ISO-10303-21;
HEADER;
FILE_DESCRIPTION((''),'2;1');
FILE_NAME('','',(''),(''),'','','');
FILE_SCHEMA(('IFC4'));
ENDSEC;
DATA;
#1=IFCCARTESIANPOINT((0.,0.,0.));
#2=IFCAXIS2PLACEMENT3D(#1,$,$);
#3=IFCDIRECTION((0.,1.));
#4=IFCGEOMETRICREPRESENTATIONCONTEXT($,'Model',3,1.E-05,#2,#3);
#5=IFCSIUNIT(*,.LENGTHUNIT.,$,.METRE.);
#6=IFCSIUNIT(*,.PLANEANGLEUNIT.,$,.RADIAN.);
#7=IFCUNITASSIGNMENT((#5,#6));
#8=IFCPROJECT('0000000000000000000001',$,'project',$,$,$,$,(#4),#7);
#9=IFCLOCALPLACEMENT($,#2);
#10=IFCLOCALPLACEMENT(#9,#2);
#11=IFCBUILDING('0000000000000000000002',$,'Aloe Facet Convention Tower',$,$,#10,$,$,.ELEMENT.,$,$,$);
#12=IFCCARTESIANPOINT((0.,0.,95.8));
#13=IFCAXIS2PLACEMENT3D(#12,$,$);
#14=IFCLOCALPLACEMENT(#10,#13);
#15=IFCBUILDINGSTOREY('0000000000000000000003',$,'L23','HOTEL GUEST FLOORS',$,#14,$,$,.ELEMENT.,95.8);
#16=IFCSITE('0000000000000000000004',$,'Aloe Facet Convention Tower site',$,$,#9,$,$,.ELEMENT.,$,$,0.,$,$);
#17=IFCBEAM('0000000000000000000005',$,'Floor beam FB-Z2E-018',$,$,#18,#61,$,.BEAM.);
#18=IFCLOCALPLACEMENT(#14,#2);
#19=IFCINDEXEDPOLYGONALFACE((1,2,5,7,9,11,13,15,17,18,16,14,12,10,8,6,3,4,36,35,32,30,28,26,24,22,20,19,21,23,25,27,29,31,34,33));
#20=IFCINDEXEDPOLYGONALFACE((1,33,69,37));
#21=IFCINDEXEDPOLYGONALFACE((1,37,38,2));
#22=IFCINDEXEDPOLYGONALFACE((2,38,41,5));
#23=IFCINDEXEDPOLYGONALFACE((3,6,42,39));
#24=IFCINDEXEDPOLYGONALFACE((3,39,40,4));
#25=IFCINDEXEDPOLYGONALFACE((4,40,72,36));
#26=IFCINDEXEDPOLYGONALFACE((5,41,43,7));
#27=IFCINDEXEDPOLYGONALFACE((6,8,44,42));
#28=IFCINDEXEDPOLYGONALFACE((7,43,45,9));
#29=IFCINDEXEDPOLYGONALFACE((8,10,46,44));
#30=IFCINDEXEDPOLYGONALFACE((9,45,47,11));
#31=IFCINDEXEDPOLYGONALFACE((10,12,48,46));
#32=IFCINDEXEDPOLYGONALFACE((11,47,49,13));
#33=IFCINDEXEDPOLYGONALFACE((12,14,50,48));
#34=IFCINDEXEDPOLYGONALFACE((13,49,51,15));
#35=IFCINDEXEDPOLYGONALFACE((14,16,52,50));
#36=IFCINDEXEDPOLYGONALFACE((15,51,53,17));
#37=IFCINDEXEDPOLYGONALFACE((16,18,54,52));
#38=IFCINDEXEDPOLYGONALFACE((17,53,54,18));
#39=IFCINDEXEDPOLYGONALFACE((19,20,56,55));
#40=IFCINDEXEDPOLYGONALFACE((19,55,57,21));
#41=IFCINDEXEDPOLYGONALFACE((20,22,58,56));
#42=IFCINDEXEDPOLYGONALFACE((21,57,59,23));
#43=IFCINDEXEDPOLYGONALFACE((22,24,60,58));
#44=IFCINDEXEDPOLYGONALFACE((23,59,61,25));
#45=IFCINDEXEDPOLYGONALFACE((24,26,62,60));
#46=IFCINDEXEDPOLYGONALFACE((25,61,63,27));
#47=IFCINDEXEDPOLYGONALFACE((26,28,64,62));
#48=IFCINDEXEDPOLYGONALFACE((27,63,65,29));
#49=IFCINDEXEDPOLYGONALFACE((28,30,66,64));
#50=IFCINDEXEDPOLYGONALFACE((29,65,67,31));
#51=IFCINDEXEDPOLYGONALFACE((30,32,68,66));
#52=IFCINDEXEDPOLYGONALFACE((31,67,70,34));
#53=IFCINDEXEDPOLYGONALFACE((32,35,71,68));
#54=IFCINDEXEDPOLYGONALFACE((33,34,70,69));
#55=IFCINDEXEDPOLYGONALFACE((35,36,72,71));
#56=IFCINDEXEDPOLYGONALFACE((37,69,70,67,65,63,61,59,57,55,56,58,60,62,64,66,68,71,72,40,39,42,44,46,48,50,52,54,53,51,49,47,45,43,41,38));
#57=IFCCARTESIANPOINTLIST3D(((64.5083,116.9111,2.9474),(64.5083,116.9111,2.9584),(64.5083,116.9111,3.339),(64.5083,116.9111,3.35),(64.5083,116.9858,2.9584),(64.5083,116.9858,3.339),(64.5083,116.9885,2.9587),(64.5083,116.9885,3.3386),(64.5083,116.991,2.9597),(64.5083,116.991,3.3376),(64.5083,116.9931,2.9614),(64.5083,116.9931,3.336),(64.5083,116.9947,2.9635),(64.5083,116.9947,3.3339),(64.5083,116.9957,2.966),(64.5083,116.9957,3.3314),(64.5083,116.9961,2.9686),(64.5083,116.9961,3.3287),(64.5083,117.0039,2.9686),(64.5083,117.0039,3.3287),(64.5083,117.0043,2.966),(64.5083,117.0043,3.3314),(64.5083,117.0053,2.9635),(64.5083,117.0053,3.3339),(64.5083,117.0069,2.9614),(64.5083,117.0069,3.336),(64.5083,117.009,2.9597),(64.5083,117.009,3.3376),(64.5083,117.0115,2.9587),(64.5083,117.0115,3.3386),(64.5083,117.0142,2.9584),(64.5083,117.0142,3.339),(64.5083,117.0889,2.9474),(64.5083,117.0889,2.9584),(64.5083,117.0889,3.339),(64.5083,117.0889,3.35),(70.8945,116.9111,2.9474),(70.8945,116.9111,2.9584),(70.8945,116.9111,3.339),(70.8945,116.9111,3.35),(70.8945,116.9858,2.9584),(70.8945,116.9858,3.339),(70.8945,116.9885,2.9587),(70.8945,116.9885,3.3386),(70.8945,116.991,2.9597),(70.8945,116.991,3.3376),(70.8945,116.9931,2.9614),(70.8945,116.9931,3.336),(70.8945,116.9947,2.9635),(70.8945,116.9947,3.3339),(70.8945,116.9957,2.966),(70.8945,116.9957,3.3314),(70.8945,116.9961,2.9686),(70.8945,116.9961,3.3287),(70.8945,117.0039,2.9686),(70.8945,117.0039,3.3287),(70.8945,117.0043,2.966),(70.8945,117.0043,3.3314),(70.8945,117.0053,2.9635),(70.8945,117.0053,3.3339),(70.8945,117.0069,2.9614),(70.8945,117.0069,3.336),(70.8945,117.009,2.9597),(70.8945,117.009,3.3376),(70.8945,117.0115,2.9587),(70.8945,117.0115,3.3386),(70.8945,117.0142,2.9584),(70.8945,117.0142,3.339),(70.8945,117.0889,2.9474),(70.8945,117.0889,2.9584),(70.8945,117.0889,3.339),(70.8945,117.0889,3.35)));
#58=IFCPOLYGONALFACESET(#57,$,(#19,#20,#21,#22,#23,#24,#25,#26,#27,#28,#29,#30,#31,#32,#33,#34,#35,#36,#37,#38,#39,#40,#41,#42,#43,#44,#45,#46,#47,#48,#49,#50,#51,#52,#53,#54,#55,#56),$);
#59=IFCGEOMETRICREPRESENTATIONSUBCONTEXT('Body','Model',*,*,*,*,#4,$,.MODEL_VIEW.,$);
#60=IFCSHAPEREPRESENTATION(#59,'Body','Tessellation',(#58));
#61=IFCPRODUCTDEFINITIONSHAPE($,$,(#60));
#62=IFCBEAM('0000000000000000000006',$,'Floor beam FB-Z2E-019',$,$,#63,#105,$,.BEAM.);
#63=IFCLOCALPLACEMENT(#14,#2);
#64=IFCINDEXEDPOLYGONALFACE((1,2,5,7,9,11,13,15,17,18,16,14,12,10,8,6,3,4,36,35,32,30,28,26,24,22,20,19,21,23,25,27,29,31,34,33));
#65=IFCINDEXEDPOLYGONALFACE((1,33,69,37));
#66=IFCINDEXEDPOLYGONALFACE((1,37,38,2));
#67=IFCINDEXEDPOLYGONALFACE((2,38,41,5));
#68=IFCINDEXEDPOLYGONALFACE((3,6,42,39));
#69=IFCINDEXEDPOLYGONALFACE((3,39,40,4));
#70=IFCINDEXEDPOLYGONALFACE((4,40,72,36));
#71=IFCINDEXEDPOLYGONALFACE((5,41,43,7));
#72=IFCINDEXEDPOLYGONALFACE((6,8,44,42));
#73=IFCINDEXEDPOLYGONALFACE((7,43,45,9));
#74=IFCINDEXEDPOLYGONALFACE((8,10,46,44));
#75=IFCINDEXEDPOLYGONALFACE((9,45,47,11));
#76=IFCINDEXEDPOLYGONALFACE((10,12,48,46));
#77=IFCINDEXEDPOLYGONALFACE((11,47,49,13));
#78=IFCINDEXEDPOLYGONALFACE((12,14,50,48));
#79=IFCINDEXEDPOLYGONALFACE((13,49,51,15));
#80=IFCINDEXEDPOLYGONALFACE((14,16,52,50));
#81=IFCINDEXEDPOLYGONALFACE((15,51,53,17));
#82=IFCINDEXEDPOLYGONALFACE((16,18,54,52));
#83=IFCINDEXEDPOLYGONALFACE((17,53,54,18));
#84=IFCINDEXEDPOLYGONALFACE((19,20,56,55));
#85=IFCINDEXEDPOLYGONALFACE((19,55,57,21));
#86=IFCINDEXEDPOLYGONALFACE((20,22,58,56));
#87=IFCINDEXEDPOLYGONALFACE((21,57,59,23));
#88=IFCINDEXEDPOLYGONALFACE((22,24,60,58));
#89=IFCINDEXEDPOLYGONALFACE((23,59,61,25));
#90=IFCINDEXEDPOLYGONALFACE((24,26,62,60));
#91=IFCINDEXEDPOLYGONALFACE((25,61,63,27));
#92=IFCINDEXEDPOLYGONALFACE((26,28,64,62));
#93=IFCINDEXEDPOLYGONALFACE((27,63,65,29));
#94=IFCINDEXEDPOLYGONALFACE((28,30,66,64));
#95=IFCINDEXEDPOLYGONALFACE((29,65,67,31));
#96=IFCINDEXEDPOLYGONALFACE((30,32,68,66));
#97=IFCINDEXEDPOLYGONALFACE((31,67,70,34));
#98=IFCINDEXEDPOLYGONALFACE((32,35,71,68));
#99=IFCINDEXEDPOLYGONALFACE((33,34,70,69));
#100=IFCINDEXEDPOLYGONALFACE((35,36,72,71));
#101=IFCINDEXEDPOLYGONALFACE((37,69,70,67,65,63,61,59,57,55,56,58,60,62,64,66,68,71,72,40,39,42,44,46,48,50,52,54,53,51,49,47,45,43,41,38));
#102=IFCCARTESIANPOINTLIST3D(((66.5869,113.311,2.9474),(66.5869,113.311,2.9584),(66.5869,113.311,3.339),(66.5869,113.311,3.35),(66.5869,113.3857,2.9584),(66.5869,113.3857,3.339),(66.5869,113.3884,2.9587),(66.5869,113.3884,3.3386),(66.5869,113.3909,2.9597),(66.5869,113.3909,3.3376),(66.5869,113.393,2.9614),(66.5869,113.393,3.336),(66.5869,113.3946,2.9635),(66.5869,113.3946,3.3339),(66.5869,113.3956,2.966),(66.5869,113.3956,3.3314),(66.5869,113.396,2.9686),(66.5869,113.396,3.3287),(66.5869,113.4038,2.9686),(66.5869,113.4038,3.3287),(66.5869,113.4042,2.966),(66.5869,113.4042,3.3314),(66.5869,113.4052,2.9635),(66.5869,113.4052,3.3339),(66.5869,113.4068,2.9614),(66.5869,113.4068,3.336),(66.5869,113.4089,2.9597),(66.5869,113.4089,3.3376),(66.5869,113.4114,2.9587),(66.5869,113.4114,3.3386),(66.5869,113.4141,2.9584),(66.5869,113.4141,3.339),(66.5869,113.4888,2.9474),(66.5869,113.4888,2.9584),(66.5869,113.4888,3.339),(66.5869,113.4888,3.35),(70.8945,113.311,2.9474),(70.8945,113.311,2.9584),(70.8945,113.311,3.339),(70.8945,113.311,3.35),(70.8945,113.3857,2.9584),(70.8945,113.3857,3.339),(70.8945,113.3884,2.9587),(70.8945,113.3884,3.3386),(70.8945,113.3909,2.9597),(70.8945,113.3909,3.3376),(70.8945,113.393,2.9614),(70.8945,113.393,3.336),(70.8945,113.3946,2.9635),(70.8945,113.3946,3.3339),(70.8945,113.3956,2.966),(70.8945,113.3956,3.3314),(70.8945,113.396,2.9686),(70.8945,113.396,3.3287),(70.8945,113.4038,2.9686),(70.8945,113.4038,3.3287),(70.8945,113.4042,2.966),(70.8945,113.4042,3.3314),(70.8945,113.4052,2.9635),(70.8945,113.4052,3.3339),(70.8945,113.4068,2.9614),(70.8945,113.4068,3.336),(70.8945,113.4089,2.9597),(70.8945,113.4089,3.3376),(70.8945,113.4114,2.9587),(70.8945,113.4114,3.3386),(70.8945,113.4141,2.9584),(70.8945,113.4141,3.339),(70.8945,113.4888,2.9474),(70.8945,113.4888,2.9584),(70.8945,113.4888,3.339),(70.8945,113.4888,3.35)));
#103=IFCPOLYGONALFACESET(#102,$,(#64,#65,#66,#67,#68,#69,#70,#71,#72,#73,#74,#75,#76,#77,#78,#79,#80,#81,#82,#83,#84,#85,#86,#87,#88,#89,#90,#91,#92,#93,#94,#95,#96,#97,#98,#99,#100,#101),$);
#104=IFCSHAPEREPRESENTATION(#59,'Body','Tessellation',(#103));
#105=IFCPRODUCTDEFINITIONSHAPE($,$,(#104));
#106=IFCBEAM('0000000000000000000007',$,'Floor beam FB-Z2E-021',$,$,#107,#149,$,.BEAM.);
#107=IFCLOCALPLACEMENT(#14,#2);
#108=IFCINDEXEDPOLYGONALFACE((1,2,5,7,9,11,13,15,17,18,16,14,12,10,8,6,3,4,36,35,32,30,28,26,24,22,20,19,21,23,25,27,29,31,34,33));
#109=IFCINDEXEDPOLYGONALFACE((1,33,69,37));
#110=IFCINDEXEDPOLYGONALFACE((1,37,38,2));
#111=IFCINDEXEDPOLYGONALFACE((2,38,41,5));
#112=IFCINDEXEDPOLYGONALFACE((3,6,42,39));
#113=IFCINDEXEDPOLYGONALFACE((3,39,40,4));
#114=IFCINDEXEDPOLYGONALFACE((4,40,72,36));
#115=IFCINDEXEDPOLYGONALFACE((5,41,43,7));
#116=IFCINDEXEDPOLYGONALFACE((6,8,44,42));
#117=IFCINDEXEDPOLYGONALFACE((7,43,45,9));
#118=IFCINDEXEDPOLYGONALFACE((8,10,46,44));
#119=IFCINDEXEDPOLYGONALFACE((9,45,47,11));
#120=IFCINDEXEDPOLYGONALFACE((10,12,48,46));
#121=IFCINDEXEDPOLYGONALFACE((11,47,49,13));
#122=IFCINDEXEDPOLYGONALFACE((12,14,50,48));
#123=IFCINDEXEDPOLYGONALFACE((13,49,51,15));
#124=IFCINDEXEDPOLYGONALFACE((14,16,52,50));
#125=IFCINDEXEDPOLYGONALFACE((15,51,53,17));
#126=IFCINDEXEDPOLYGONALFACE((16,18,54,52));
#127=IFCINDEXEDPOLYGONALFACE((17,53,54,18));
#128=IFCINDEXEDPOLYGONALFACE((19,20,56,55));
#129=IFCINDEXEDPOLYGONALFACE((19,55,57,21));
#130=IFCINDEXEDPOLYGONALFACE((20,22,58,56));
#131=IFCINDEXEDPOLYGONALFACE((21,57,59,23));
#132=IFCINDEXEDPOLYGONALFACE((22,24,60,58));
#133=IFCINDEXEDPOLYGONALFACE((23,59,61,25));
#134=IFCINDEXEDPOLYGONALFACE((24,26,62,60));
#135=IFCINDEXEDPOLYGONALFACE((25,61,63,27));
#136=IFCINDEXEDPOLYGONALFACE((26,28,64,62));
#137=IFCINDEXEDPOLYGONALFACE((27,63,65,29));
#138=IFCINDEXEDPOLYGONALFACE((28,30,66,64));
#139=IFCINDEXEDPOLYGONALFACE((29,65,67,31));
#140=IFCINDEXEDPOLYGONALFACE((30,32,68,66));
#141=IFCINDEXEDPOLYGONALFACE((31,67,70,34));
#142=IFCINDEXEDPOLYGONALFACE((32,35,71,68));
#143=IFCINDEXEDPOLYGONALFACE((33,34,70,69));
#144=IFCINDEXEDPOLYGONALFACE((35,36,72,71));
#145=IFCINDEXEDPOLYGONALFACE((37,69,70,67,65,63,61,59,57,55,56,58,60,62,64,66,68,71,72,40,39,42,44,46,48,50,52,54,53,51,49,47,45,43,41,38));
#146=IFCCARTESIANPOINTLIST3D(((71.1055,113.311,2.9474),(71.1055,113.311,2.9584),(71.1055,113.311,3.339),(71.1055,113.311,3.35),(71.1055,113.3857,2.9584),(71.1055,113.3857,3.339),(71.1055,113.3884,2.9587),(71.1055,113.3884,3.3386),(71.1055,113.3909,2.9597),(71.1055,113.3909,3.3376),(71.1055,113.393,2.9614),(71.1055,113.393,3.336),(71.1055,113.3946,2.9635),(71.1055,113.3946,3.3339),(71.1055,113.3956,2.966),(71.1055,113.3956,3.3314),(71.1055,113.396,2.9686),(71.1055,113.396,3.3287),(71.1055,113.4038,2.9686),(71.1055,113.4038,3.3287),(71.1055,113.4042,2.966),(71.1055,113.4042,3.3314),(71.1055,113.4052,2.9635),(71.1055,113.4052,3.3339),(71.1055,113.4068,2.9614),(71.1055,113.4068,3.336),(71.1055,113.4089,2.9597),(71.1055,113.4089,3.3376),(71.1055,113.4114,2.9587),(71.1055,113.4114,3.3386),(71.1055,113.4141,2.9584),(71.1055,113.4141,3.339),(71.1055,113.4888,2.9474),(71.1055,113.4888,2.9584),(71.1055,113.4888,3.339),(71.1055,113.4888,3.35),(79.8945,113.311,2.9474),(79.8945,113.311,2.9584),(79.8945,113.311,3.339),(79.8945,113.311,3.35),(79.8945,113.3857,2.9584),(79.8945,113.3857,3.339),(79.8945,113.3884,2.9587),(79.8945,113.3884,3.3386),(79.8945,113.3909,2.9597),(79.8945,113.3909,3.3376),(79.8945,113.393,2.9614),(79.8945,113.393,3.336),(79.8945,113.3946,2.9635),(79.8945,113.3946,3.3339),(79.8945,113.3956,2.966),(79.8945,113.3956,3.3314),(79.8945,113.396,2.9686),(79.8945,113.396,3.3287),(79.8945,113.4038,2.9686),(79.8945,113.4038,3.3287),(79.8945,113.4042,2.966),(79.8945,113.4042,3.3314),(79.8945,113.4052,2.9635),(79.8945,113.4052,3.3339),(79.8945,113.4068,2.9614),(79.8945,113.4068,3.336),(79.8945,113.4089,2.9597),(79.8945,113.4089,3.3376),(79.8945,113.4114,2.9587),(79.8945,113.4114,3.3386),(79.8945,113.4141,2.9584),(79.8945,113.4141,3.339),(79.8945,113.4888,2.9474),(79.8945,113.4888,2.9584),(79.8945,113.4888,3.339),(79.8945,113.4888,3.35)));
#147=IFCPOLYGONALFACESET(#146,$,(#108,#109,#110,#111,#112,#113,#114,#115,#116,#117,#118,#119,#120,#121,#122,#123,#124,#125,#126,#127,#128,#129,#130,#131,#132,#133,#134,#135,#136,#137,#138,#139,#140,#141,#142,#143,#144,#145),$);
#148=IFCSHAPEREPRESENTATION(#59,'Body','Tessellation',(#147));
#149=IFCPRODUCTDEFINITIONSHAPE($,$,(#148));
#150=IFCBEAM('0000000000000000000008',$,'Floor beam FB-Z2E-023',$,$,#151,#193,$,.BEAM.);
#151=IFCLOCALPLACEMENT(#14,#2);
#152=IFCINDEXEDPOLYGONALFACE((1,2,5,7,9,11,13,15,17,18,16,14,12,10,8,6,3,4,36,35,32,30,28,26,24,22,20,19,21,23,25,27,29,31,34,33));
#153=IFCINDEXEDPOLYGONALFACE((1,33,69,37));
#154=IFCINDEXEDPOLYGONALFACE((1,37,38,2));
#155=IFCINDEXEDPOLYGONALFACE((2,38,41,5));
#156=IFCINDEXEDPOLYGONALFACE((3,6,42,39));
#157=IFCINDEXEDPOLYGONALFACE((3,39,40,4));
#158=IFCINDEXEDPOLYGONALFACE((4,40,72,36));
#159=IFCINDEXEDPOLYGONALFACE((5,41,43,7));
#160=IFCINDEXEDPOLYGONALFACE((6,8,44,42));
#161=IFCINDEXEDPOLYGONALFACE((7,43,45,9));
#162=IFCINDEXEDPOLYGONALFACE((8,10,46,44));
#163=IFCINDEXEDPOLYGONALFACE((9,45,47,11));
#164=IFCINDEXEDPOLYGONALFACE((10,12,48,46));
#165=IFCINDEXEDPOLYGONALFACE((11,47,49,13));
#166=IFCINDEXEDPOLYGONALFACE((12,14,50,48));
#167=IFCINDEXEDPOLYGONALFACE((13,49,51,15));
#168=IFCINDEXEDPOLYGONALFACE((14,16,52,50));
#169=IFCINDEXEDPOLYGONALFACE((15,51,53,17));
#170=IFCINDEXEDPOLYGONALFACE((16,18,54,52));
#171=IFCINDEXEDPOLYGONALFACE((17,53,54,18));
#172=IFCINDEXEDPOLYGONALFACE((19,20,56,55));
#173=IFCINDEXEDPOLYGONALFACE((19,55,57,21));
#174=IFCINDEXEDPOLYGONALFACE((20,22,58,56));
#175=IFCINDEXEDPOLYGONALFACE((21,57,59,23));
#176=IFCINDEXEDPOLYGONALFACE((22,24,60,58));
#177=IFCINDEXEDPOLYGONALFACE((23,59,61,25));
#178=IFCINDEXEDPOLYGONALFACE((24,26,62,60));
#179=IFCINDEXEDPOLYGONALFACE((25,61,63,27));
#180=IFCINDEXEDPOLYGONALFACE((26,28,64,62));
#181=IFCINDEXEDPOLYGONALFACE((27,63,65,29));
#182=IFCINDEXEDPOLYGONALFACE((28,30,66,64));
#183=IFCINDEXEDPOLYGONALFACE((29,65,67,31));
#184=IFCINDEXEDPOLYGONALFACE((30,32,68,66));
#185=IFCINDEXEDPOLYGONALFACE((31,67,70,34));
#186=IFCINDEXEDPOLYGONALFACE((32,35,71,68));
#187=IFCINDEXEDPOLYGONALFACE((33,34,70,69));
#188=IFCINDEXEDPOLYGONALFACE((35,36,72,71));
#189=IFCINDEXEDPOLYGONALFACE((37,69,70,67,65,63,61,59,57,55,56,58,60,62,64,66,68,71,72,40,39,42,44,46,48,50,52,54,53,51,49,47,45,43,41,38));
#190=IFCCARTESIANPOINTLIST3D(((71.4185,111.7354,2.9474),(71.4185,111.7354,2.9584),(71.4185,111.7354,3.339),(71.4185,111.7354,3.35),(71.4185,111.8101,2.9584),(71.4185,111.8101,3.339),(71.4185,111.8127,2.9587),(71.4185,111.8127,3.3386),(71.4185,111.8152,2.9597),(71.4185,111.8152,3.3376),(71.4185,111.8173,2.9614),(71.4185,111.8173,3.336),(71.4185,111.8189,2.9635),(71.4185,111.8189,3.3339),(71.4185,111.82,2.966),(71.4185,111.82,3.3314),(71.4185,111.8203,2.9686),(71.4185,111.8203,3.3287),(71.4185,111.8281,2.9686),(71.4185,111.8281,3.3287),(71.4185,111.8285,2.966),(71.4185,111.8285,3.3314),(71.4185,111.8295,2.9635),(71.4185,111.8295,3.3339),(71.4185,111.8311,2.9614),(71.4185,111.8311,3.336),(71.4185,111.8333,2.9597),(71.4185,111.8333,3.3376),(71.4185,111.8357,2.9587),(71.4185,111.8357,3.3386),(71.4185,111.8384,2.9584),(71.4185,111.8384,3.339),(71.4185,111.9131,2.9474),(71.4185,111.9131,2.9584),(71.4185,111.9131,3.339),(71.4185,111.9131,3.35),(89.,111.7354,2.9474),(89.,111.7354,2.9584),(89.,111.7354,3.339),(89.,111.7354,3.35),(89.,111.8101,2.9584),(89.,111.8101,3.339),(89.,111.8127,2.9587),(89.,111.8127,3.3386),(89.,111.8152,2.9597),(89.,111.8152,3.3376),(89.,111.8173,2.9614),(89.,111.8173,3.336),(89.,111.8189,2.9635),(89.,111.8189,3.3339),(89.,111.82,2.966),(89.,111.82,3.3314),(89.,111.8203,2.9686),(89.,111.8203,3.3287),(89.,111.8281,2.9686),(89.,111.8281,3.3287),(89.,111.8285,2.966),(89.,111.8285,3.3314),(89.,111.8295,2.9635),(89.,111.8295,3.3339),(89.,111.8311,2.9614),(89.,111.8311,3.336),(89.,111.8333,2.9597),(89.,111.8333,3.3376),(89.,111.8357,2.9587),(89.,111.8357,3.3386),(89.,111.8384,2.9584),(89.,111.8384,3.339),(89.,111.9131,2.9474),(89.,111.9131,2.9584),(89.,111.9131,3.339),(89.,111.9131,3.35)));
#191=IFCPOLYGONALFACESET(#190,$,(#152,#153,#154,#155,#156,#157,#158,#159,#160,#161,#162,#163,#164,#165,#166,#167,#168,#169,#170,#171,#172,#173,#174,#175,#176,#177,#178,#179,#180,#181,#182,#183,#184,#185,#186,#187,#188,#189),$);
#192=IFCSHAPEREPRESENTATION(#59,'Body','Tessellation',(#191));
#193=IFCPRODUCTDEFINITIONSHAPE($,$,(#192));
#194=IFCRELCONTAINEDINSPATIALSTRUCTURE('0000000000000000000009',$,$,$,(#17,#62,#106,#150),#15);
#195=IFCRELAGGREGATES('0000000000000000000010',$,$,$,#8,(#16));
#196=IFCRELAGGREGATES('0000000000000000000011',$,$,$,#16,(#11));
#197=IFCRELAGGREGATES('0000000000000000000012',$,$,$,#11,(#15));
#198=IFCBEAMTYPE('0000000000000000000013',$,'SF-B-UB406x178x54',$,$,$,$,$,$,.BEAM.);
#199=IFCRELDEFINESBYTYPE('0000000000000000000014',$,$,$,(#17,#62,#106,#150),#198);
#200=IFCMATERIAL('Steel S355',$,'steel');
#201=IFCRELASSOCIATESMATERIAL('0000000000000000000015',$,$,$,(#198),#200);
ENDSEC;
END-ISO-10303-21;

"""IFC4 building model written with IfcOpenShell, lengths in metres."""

from ifc_helpers import new_model, si_unit, direction, frame, origin, origin_2d, place, context, subcontext, project, spatial, i_section, extrude, material, material_profile, profile_set, type_object, element, save


model = new_model("IFC4")

# Units and contexts
model_context = context("Model", 3, precision=1e-05, world=origin(), true_north=direction((0.0, 1.0)))
body_context = subcontext(model_context, "Body", "Model", "MODEL_VIEW")
ifc_project = project(units=[si_unit("LENGTHUNIT", "METRE"), si_unit("PLANEANGLEUNIT", "RADIAN")], contexts=[model_context])

# Site, building, storey
site_placement = place(None, origin())
site = spatial("IfcSite", under=ifc_project, at=site_placement, Name="Aloe Facet Convention Tower site", CompositionType="ELEMENT", RefElevation=0.0)
building_placement = place(site_placement, origin())
building = spatial("IfcBuilding", under=site, at=building_placement, Name="Aloe Facet Convention Tower", CompositionType="ELEMENT")
storey_placement = place(building_placement, frame((0.0, 0.0, 95.8)))
storey = spatial("IfcBuildingStorey", under=building, at=storey_placement, Name="L23", Description="HOTEL GUEST FLOORS", CompositionType="ELEMENT", Elevation=95.8)

# Beams
ifc_material_1 = material(Name="Steel S355", Category="steel")
ifc_material_profile_1 = material_profile(ifc_material_1, i_section(OverallWidth=0.1777, OverallDepth=0.4026, WebThickness=0.0078, FlangeThickness=0.011, FilletRadius=0.0103, at=origin_2d()), Name="UB 406x178x54")
ifc_profile_set_1 = profile_set([ifc_material_profile_1], Name="Steel S355")
beam_type_1 = type_object("IfcBeamType", Name="SF-B-UB406x178x54", PredefinedType="BEAM", material=ifc_profile_set_1)
beam_1_placement = place(storey_placement, frame((64.5083, 117.0, 3.1487), z_axis=(1.0, 0.0, 0.0), x_axis=(0.0, 1.0, 0.0)))
element("IfcBeam", 1, at=beam_1_placement, inside=storey, type_object=beam_type_1, Name="Floor beam FB-Z2E-018", PredefinedType="BEAM", context=body_context, shape_type="SweptSolid", body=[
    extrude(i_section(OverallWidth=0.1777, OverallDepth=0.4026, WebThickness=0.0078, FlangeThickness=0.011, FilletRadius=0.0103, at=origin_2d()), origin(), (0.0, 0.0, 1.0), 6.3862),
])
beam_2_placement = place(storey_placement, frame((66.5869, 113.3999, 3.1487), z_axis=(1.0, 0.0, 0.0), x_axis=(0.0, 1.0, 0.0)))
element("IfcBeam", 2, at=beam_2_placement, inside=storey, type_object=beam_type_1, Name="Floor beam FB-Z2E-019", PredefinedType="BEAM", context=body_context, shape_type="SweptSolid", body=[
    extrude(i_section(OverallWidth=0.1777, OverallDepth=0.4026, WebThickness=0.0078, FlangeThickness=0.011, FilletRadius=0.0103, at=origin_2d()), origin(), (0.0, 0.0, 1.0), 4.3076),
])
beam_3_placement = place(storey_placement, frame((71.1055, 113.3999, 3.1487), z_axis=(1.0, 0.0, 0.0), x_axis=(0.0, 1.0, 0.0)))
element("IfcBeam", 3, at=beam_3_placement, inside=storey, type_object=beam_type_1, Name="Floor beam FB-Z2E-021", PredefinedType="BEAM", context=body_context, shape_type="SweptSolid", body=[
    extrude(i_section(OverallWidth=0.1777, OverallDepth=0.4026, WebThickness=0.0078, FlangeThickness=0.011, FilletRadius=0.0103, at=origin_2d()), origin(), (0.0, 0.0, 1.0), 8.7891),
])
beam_4_placement = place(storey_placement, frame((71.4185, 111.8242, 3.1487), z_axis=(1.0, 0.0, 0.0), x_axis=(0.0, 1.0, 0.0)))
element("IfcBeam", 4, at=beam_4_placement, inside=storey, type_object=beam_type_1, Name="Floor beam FB-Z2E-023", PredefinedType="BEAM", context=body_context, shape_type="SweptSolid", body=[
    extrude(i_section(OverallWidth=0.1777, OverallDepth=0.4026, WebThickness=0.0078, FlangeThickness=0.011, FilletRadius=0.0103, at=origin_2d()), origin(), (0.0, 0.0, 1.0), 17.5815),
])

save(model, "model.ifc")
